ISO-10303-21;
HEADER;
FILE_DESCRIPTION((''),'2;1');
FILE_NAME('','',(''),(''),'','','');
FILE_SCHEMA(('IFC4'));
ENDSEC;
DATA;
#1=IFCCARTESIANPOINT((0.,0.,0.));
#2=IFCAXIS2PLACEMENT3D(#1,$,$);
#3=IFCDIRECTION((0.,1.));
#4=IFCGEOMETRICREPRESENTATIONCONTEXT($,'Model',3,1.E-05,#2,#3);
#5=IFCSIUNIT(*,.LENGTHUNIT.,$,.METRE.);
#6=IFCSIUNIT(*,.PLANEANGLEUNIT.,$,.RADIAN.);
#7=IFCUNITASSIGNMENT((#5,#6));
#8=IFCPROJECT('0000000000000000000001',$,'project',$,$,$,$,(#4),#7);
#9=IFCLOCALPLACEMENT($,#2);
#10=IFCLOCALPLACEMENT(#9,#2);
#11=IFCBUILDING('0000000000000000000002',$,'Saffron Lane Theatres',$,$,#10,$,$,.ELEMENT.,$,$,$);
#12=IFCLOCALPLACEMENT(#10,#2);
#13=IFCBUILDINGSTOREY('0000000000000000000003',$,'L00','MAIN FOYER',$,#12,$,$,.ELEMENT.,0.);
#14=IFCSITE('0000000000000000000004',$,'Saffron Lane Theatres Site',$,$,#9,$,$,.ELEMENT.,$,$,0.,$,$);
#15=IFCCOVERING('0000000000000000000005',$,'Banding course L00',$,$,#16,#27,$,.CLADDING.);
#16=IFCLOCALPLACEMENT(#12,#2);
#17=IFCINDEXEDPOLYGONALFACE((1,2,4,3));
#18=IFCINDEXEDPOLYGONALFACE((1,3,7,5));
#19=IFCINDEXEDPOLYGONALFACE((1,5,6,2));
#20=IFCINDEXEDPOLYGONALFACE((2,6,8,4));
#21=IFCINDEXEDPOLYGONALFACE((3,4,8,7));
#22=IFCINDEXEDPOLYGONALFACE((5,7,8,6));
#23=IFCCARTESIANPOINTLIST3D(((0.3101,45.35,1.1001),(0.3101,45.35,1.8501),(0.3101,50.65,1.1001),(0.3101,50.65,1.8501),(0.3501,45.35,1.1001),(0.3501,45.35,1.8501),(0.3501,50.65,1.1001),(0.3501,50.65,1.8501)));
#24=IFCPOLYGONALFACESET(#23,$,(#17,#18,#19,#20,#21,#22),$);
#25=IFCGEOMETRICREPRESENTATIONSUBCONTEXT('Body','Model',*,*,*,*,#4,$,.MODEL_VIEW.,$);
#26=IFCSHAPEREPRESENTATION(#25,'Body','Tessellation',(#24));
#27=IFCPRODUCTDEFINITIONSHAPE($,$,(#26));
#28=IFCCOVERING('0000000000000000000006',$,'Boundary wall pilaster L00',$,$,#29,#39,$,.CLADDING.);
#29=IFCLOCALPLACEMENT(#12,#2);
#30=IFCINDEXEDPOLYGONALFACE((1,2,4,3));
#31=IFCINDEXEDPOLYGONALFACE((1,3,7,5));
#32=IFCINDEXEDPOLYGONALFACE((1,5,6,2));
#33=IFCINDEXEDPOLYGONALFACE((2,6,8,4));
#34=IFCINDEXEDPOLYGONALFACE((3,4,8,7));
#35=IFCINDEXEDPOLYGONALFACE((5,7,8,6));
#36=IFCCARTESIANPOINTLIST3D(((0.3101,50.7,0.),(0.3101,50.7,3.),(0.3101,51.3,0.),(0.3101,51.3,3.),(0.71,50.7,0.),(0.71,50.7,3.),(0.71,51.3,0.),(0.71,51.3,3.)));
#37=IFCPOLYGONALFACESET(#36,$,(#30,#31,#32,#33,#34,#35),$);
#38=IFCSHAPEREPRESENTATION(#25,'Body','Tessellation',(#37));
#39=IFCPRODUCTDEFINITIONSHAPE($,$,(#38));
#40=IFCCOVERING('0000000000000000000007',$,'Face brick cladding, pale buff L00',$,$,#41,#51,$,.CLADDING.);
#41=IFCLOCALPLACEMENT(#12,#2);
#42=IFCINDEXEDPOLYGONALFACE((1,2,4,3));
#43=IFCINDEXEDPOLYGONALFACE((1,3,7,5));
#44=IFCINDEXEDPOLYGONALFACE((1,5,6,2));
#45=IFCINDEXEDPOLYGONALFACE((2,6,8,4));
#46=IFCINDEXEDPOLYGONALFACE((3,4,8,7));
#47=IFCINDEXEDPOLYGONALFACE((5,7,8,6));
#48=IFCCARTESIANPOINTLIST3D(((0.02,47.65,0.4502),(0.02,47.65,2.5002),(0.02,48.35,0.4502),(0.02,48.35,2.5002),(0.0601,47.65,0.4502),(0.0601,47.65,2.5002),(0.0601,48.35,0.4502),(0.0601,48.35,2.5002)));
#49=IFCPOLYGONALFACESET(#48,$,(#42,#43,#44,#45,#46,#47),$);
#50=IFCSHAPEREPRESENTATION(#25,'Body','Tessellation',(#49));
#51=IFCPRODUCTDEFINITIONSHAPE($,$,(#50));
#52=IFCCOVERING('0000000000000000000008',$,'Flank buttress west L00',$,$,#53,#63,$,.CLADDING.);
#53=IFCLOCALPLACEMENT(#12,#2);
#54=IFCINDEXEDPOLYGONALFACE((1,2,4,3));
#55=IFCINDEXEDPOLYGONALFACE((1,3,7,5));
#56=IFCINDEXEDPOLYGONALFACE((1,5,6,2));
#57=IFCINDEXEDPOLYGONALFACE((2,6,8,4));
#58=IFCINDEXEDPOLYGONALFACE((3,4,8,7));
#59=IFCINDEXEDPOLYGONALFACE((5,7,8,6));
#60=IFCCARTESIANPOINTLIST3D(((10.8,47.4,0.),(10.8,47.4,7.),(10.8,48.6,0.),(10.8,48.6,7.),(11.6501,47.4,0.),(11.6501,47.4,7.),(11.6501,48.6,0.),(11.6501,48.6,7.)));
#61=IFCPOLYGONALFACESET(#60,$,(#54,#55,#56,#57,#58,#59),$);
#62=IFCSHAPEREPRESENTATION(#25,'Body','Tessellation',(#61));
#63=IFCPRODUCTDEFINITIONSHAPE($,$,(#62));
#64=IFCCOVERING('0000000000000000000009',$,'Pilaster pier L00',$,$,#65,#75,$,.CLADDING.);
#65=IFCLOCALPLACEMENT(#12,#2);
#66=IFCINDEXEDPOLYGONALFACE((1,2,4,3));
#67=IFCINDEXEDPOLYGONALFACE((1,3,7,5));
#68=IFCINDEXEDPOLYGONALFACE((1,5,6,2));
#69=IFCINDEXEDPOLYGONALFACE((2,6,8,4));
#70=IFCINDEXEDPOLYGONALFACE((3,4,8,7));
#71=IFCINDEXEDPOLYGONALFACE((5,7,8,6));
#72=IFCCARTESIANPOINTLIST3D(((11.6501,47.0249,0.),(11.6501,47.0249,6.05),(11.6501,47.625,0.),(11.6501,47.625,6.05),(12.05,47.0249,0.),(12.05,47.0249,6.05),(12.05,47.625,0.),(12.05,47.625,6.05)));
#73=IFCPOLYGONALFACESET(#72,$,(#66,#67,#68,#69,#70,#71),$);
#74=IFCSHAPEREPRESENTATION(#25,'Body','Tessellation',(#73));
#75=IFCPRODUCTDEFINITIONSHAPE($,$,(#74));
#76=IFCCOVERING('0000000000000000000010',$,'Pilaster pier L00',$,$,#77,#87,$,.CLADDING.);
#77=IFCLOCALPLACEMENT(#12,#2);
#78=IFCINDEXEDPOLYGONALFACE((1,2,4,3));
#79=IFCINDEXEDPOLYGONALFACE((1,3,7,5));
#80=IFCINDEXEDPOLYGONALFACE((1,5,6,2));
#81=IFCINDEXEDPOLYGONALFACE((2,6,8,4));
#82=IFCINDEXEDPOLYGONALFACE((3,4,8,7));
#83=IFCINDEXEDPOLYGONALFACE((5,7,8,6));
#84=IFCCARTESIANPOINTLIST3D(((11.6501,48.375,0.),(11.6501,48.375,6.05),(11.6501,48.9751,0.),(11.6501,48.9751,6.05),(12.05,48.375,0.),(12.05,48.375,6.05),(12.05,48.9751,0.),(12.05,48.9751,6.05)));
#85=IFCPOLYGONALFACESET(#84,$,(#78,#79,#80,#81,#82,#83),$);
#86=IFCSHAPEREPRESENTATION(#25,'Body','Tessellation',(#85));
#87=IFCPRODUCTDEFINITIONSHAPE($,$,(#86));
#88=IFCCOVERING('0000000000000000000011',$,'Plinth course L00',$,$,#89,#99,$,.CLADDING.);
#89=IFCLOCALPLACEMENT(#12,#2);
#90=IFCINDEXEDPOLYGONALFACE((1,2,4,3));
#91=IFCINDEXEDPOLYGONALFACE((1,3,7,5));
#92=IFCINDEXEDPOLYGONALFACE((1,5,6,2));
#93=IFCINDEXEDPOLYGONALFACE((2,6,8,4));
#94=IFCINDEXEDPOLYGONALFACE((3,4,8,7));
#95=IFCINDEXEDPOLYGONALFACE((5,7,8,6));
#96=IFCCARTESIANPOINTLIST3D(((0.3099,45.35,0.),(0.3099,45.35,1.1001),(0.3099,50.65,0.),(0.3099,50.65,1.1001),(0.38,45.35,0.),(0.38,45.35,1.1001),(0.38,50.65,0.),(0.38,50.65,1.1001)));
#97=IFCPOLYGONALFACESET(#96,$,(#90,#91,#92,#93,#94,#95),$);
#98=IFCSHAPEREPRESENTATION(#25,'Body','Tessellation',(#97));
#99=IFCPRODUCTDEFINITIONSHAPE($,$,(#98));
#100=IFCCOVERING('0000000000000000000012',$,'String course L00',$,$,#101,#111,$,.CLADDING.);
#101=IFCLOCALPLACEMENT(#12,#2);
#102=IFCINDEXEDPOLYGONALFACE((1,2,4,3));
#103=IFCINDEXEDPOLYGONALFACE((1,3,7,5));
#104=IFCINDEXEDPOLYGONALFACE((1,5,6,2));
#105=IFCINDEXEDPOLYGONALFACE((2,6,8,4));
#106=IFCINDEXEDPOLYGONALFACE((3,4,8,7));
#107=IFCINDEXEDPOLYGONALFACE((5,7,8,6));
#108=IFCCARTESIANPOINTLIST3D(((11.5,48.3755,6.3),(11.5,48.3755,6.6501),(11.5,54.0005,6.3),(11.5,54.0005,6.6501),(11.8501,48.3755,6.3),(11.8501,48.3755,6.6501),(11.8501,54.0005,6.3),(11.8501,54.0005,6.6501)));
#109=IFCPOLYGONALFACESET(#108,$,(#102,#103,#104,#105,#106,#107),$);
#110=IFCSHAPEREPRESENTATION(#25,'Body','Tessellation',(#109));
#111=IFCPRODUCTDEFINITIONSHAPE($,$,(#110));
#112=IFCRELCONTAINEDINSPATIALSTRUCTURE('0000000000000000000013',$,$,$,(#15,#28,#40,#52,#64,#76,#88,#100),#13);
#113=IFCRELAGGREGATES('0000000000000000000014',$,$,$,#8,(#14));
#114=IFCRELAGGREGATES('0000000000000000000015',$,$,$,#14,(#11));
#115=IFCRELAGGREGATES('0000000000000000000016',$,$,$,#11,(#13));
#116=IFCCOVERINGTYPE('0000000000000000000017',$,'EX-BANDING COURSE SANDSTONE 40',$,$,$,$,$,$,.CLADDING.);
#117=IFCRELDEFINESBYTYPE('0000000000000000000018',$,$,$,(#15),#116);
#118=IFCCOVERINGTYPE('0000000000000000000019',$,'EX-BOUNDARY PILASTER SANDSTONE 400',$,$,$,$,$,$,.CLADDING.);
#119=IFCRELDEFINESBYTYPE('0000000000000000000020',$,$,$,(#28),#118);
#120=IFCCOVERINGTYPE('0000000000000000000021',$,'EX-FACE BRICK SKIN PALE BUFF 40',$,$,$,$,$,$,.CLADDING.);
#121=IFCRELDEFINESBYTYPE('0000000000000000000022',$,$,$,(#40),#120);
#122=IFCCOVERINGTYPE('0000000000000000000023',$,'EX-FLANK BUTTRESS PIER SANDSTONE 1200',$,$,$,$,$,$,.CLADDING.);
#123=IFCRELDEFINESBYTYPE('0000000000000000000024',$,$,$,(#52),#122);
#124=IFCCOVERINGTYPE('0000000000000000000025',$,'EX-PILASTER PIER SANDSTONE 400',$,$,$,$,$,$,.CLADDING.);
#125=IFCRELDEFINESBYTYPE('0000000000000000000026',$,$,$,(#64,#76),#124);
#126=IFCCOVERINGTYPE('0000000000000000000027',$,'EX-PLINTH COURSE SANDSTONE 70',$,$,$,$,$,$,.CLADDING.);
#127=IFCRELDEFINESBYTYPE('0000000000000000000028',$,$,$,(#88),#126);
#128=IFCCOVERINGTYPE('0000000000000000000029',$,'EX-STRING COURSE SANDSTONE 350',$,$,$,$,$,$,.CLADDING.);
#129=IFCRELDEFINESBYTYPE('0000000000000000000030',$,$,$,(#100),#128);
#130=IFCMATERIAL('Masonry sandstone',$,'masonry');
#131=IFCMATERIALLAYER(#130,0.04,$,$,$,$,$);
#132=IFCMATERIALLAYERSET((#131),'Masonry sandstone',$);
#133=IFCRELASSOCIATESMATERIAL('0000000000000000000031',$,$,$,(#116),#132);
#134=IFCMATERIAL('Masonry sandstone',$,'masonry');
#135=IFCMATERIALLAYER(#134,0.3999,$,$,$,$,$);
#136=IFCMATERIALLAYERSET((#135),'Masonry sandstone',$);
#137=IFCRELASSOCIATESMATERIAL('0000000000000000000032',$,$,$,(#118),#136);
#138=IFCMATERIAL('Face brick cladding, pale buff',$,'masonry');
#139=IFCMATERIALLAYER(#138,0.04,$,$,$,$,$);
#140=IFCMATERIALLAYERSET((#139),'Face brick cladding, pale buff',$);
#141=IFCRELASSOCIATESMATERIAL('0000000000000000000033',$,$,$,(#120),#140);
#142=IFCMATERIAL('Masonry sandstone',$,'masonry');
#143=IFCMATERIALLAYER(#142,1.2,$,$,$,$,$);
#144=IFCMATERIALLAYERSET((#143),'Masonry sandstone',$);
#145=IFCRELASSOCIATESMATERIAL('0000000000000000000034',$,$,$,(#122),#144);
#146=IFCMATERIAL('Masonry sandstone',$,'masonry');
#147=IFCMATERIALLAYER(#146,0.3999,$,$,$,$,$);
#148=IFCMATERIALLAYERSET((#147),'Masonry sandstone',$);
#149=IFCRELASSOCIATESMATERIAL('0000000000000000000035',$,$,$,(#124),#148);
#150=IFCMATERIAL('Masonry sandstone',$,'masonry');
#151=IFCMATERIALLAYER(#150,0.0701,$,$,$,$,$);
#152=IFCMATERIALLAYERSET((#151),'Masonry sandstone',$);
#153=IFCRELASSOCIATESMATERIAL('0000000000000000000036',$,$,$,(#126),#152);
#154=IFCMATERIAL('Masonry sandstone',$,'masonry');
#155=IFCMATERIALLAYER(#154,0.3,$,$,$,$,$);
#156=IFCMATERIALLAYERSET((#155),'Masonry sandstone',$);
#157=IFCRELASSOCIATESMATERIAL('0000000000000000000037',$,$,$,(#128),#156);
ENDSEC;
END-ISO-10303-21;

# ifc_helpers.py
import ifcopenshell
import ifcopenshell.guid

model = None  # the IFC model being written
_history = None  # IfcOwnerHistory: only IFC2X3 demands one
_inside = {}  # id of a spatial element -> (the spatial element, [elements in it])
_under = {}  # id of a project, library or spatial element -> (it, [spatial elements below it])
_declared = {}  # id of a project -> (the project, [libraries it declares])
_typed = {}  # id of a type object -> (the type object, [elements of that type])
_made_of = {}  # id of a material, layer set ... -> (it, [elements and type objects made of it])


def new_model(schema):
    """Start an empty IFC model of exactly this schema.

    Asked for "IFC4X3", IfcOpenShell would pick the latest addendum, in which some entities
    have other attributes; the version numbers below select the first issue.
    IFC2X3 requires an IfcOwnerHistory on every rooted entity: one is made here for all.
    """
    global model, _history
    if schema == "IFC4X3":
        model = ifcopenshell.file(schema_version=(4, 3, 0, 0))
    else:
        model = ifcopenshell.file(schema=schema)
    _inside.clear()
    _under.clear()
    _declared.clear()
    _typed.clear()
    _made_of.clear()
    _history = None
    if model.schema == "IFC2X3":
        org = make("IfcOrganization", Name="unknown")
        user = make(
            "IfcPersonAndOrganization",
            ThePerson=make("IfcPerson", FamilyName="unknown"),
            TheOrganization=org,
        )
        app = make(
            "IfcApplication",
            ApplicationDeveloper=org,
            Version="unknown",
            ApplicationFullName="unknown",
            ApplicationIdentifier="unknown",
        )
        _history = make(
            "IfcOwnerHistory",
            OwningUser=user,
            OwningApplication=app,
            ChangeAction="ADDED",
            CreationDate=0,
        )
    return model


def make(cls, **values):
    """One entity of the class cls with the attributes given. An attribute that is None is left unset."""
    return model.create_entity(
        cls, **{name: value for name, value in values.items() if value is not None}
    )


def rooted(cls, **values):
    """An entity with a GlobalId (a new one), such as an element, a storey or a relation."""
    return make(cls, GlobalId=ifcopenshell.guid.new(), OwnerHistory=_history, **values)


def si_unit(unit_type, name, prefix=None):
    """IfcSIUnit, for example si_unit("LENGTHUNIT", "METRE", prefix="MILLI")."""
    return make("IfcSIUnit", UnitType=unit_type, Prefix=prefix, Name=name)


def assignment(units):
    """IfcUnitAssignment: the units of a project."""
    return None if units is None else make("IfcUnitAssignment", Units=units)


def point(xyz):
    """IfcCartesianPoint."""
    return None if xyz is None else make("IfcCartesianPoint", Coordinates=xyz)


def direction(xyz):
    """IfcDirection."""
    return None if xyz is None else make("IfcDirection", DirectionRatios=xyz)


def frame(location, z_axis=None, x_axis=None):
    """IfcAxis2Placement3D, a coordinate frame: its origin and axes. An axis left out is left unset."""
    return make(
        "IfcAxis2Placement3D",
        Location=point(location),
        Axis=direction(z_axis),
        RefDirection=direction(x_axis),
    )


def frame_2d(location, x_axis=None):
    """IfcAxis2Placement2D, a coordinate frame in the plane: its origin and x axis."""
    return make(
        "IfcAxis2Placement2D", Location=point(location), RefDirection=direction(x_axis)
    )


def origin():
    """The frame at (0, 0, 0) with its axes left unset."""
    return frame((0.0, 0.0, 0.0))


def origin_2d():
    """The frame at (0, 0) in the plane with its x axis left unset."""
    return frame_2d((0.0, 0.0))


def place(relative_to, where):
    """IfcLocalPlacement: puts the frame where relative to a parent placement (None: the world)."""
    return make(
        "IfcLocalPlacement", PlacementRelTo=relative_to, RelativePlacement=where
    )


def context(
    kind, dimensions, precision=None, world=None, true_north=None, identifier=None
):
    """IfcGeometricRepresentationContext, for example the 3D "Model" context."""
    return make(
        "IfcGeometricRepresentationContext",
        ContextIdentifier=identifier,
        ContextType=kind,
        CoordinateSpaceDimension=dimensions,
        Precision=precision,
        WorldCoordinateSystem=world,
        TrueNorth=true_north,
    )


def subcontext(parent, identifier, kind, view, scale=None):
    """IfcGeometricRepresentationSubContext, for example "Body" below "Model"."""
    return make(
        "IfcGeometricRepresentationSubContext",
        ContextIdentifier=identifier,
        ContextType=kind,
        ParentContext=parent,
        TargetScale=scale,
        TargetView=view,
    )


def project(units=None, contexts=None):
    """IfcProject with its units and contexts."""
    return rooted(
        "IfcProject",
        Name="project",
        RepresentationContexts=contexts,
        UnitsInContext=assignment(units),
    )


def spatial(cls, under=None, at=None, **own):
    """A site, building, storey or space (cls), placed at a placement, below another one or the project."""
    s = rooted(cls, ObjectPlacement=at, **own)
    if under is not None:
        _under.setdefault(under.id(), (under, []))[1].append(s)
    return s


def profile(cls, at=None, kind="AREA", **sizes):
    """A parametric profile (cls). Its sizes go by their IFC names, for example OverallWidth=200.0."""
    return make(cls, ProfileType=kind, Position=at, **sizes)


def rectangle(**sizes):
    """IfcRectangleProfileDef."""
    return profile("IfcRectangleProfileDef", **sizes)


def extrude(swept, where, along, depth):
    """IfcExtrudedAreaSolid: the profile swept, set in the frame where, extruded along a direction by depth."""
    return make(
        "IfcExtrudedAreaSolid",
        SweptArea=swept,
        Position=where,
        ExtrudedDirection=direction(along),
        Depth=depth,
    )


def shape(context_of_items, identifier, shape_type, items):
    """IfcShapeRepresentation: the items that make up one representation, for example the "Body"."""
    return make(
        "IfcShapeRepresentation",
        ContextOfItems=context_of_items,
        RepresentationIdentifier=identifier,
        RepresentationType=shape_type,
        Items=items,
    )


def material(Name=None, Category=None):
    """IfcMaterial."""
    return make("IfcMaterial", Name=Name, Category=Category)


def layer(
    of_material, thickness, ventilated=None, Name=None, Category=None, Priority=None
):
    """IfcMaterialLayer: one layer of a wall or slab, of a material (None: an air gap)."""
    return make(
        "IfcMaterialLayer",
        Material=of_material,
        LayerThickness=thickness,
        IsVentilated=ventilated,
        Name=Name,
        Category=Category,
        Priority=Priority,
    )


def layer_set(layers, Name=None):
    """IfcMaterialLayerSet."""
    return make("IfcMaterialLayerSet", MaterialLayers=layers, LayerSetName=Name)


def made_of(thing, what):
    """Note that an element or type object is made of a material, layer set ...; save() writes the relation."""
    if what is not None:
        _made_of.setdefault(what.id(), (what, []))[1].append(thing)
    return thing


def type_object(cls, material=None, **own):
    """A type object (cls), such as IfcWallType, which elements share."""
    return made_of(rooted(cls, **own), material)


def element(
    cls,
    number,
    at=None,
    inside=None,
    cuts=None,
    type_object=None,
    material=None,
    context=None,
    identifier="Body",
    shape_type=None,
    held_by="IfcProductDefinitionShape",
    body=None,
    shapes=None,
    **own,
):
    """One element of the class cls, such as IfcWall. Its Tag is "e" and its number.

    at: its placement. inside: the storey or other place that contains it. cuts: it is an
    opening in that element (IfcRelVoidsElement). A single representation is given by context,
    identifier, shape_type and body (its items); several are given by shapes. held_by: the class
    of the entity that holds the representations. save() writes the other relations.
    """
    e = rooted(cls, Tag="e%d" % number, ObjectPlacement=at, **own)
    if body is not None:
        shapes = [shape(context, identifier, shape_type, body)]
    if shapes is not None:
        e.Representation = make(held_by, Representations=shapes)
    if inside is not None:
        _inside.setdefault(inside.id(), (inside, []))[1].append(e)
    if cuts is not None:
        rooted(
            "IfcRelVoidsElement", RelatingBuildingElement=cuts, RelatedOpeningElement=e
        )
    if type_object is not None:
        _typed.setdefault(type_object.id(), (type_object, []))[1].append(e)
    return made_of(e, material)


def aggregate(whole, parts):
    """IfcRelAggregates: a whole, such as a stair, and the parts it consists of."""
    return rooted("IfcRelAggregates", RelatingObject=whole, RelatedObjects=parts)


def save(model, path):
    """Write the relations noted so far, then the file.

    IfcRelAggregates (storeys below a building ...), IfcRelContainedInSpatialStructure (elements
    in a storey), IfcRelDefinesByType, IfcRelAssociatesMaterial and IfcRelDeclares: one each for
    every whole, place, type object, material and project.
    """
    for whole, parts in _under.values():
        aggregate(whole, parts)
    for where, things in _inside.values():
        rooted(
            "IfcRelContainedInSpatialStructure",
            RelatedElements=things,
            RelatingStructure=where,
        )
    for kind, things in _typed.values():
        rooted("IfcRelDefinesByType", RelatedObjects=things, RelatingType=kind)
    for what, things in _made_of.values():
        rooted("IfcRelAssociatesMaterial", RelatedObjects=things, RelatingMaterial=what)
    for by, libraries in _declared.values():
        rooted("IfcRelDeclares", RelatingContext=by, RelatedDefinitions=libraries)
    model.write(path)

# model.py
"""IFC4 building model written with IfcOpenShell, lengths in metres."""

from ifc_helpers import new_model, si_unit, direction, frame, origin, origin_2d, place, context, subcontext, project, spatial, rectangle, extrude, material, layer, layer_set, type_object, element, save


model = new_model("IFC4")

# Units and contexts
model_context = context("Model", 3, precision=1e-05, world=origin(), true_north=direction((0.0, 1.0)))
body_context = subcontext(model_context, "Body", "Model", "MODEL_VIEW")
ifc_project = project(units=[si_unit("LENGTHUNIT", "METRE"), si_unit("PLANEANGLEUNIT", "RADIAN")], contexts=[model_context])

# Site, building, storey
site_placement = place(None, origin())
site = spatial("IfcSite", under=ifc_project, at=site_placement, Name="Saffron Lane Theatres Site", CompositionType="ELEMENT", RefElevation=0.0)
building_placement = place(site_placement, origin())
building = spatial("IfcBuilding", under=site, at=building_placement, Name="Saffron Lane Theatres", CompositionType="ELEMENT")
storey_placement = place(building_placement, origin())
storey = spatial("IfcBuildingStorey", under=building, at=storey_placement, Name="L00", Description="MAIN FOYER", CompositionType="ELEMENT", Elevation=0.0)

# Coverings
ifc_material_1 = material(Name="Masonry sandstone", Category="masonry")
ifc_layer_1 = layer(ifc_material_1, 0.04)
ifc_layer_set_1 = layer_set([ifc_layer_1], Name="Masonry sandstone")
covering_type_1 = type_object("IfcCoveringType", Name="EX-BANDING COURSE SANDSTONE 40", PredefinedType="CLADDING", material=ifc_layer_set_1)
covering_1_placement = place(storey_placement, frame((0.3301, 48.0, 1.1001), z_axis=(0.0, 0.0, 1.0), x_axis=(0.0, 1.0, 0.0)))
element("IfcCovering", 1, at=covering_1_placement, inside=storey, type_object=covering_type_1, Name="Banding course L00", PredefinedType="CLADDING", context=body_context, shape_type="SweptSolid", body=[
    extrude(rectangle(XDim=5.3, YDim=0.04, at=origin_2d()), origin(), (0.0, 0.0, 1.0), 0.75),
])
ifc_material_2 = material(Name="Masonry sandstone", Category="masonry")
ifc_layer_2 = layer(ifc_material_2, 0.3999)
ifc_layer_set_2 = layer_set([ifc_layer_2], Name="Masonry sandstone")
covering_type_2 = type_object("IfcCoveringType", Name="EX-BOUNDARY PILASTER SANDSTONE 400", PredefinedType="CLADDING", material=ifc_layer_set_2)
covering_2_placement = place(storey_placement, frame((0.51, 51.0, 0.0), z_axis=(0.0, 0.0, 1.0), x_axis=(0.0, 1.0, 0.0)))
element("IfcCovering", 2, at=covering_2_placement, inside=storey, type_object=covering_type_2, Name="Boundary wall pilaster L00", PredefinedType="CLADDING", context=body_context, shape_type="SweptSolid", body=[
    extrude(rectangle(XDim=0.6001, YDim=0.3999, at=origin_2d()), origin(), (0.0, 0.0, 1.0), 3.0),
])
ifc_material_3 = material(Name="Face brick cladding, pale buff", Category="masonry")
ifc_layer_3 = layer(ifc_material_3, 0.04)
ifc_layer_set_3 = layer_set([ifc_layer_3], Name="Face brick cladding, pale buff")
covering_type_3 = type_object("IfcCoveringType", Name="EX-FACE BRICK SKIN PALE BUFF 40", PredefinedType="CLADDING", material=ifc_layer_set_3)
covering_3_placement = place(storey_placement, frame((0.04, 48.0, 0.4502), z_axis=(0.0, 0.0, 1.0), x_axis=(0.0, 1.0, 0.0)))
element("IfcCovering", 3, at=covering_3_placement, inside=storey, type_object=covering_type_3, Name="Face brick cladding, pale buff L00", PredefinedType="CLADDING", context=body_context, shape_type="SweptSolid", body=[
    extrude(rectangle(XDim=0.7, YDim=0.04, at=origin_2d()), origin(), (0.0, 0.0, 1.0), 2.05),
])
ifc_material_4 = material(Name="Masonry sandstone", Category="masonry")
ifc_layer_4 = layer(ifc_material_4, 1.2)
ifc_layer_set_4 = layer_set([ifc_layer_4], Name="Masonry sandstone")
covering_type_4 = type_object("IfcCoveringType", Name="EX-FLANK BUTTRESS PIER SANDSTONE 1200", PredefinedType="CLADDING", material=ifc_layer_set_4)
covering_4_placement = place(storey_placement, frame((11.2251, 48.0, 0.0), z_axis=(0.0, 0.0, 1.0), x_axis=(0.0, 1.0, 0.0)))
element("IfcCovering", 4, at=covering_4_placement, inside=storey, type_object=covering_type_4, Name="Flank buttress west L00", PredefinedType="CLADDING", context=body_context, shape_type="SweptSolid", body=[
    extrude(rectangle(XDim=1.2, YDim=0.8501, at=origin_2d()), origin(), (0.0, 0.0, 1.0), 7.0),
])
ifc_material_5 = material(Name="Masonry sandstone", Category="masonry")
ifc_layer_5 = layer(ifc_material_5, 0.3999)
ifc_layer_set_5 = layer_set([ifc_layer_5], Name="Masonry sandstone")
covering_type_5 = type_object("IfcCoveringType", Name="EX-PILASTER PIER SANDSTONE 400", PredefinedType="CLADDING", material=ifc_layer_set_5)
for number, where, z_axis, x_axis, name in (
    (5, (11.8501, 47.325, 0.0), (0.0, 0.0, 1.0), (0.0, 1.0, 0.0), "Pilaster pier L00"),
    (6, (11.8501, 48.675, 0.0), (0.0, 0.0, 1.0), (0.0, 1.0, 0.0), "Pilaster pier L00"),
):
    element("IfcCovering", number, at=place(storey_placement, frame(where, z_axis=z_axis, x_axis=x_axis)), inside=storey, type_object=covering_type_5, Name=name, PredefinedType="CLADDING", context=body_context, shape_type="SweptSolid", body=[
        extrude(rectangle(XDim=0.6001, YDim=0.3999, at=origin_2d()), origin(), (0.0, 0.0, 1.0), 6.05),
    ])
ifc_material_6 = material(Name="Masonry sandstone", Category="masonry")
ifc_layer_6 = layer(ifc_material_6, 0.0701)
ifc_layer_set_6 = layer_set([ifc_layer_6], Name="Masonry sandstone")
covering_type_6 = type_object("IfcCoveringType", Name="EX-PLINTH COURSE SANDSTONE 70", PredefinedType="CLADDING", material=ifc_layer_set_6)
covering_5_placement = place(storey_placement, frame((0.345, 48.0, 0.0), z_axis=(0.0, 0.0, 1.0), x_axis=(0.0, 1.0, 0.0)))
element("IfcCovering", 7, at=covering_5_placement, inside=storey, type_object=covering_type_6, Name="Plinth course L00", PredefinedType="CLADDING", context=body_context, shape_type="SweptSolid", body=[
    extrude(rectangle(XDim=5.3, YDim=0.0701, at=origin_2d()), origin(), (0.0, 0.0, 1.0), 1.1001),
])
ifc_material_7 = material(Name="Masonry sandstone", Category="masonry")
ifc_layer_7 = layer(ifc_material_7, 0.3)
ifc_layer_set_7 = layer_set([ifc_layer_7], Name="Masonry sandstone")
covering_type_7 = type_object("IfcCoveringType", Name="EX-STRING COURSE SANDSTONE 350", PredefinedType="CLADDING", material=ifc_layer_set_7)
covering_6_placement = place(storey_placement, frame((11.675, 51.188, 6.3), z_axis=(0.0, 0.0, 1.0), x_axis=(0.0, 1.0, 0.0)))
element("IfcCovering", 8, at=covering_6_placement, inside=storey, type_object=covering_type_7, Name="String course L00", PredefinedType="CLADDING", context=body_context, shape_type="SweptSolid", body=[
    extrude(rectangle(XDim=5.625, YDim=0.3501, at=origin_2d()), origin(), (0.0, 0.0, 1.0), 0.3501),
])

save(model, "model.ifc")
